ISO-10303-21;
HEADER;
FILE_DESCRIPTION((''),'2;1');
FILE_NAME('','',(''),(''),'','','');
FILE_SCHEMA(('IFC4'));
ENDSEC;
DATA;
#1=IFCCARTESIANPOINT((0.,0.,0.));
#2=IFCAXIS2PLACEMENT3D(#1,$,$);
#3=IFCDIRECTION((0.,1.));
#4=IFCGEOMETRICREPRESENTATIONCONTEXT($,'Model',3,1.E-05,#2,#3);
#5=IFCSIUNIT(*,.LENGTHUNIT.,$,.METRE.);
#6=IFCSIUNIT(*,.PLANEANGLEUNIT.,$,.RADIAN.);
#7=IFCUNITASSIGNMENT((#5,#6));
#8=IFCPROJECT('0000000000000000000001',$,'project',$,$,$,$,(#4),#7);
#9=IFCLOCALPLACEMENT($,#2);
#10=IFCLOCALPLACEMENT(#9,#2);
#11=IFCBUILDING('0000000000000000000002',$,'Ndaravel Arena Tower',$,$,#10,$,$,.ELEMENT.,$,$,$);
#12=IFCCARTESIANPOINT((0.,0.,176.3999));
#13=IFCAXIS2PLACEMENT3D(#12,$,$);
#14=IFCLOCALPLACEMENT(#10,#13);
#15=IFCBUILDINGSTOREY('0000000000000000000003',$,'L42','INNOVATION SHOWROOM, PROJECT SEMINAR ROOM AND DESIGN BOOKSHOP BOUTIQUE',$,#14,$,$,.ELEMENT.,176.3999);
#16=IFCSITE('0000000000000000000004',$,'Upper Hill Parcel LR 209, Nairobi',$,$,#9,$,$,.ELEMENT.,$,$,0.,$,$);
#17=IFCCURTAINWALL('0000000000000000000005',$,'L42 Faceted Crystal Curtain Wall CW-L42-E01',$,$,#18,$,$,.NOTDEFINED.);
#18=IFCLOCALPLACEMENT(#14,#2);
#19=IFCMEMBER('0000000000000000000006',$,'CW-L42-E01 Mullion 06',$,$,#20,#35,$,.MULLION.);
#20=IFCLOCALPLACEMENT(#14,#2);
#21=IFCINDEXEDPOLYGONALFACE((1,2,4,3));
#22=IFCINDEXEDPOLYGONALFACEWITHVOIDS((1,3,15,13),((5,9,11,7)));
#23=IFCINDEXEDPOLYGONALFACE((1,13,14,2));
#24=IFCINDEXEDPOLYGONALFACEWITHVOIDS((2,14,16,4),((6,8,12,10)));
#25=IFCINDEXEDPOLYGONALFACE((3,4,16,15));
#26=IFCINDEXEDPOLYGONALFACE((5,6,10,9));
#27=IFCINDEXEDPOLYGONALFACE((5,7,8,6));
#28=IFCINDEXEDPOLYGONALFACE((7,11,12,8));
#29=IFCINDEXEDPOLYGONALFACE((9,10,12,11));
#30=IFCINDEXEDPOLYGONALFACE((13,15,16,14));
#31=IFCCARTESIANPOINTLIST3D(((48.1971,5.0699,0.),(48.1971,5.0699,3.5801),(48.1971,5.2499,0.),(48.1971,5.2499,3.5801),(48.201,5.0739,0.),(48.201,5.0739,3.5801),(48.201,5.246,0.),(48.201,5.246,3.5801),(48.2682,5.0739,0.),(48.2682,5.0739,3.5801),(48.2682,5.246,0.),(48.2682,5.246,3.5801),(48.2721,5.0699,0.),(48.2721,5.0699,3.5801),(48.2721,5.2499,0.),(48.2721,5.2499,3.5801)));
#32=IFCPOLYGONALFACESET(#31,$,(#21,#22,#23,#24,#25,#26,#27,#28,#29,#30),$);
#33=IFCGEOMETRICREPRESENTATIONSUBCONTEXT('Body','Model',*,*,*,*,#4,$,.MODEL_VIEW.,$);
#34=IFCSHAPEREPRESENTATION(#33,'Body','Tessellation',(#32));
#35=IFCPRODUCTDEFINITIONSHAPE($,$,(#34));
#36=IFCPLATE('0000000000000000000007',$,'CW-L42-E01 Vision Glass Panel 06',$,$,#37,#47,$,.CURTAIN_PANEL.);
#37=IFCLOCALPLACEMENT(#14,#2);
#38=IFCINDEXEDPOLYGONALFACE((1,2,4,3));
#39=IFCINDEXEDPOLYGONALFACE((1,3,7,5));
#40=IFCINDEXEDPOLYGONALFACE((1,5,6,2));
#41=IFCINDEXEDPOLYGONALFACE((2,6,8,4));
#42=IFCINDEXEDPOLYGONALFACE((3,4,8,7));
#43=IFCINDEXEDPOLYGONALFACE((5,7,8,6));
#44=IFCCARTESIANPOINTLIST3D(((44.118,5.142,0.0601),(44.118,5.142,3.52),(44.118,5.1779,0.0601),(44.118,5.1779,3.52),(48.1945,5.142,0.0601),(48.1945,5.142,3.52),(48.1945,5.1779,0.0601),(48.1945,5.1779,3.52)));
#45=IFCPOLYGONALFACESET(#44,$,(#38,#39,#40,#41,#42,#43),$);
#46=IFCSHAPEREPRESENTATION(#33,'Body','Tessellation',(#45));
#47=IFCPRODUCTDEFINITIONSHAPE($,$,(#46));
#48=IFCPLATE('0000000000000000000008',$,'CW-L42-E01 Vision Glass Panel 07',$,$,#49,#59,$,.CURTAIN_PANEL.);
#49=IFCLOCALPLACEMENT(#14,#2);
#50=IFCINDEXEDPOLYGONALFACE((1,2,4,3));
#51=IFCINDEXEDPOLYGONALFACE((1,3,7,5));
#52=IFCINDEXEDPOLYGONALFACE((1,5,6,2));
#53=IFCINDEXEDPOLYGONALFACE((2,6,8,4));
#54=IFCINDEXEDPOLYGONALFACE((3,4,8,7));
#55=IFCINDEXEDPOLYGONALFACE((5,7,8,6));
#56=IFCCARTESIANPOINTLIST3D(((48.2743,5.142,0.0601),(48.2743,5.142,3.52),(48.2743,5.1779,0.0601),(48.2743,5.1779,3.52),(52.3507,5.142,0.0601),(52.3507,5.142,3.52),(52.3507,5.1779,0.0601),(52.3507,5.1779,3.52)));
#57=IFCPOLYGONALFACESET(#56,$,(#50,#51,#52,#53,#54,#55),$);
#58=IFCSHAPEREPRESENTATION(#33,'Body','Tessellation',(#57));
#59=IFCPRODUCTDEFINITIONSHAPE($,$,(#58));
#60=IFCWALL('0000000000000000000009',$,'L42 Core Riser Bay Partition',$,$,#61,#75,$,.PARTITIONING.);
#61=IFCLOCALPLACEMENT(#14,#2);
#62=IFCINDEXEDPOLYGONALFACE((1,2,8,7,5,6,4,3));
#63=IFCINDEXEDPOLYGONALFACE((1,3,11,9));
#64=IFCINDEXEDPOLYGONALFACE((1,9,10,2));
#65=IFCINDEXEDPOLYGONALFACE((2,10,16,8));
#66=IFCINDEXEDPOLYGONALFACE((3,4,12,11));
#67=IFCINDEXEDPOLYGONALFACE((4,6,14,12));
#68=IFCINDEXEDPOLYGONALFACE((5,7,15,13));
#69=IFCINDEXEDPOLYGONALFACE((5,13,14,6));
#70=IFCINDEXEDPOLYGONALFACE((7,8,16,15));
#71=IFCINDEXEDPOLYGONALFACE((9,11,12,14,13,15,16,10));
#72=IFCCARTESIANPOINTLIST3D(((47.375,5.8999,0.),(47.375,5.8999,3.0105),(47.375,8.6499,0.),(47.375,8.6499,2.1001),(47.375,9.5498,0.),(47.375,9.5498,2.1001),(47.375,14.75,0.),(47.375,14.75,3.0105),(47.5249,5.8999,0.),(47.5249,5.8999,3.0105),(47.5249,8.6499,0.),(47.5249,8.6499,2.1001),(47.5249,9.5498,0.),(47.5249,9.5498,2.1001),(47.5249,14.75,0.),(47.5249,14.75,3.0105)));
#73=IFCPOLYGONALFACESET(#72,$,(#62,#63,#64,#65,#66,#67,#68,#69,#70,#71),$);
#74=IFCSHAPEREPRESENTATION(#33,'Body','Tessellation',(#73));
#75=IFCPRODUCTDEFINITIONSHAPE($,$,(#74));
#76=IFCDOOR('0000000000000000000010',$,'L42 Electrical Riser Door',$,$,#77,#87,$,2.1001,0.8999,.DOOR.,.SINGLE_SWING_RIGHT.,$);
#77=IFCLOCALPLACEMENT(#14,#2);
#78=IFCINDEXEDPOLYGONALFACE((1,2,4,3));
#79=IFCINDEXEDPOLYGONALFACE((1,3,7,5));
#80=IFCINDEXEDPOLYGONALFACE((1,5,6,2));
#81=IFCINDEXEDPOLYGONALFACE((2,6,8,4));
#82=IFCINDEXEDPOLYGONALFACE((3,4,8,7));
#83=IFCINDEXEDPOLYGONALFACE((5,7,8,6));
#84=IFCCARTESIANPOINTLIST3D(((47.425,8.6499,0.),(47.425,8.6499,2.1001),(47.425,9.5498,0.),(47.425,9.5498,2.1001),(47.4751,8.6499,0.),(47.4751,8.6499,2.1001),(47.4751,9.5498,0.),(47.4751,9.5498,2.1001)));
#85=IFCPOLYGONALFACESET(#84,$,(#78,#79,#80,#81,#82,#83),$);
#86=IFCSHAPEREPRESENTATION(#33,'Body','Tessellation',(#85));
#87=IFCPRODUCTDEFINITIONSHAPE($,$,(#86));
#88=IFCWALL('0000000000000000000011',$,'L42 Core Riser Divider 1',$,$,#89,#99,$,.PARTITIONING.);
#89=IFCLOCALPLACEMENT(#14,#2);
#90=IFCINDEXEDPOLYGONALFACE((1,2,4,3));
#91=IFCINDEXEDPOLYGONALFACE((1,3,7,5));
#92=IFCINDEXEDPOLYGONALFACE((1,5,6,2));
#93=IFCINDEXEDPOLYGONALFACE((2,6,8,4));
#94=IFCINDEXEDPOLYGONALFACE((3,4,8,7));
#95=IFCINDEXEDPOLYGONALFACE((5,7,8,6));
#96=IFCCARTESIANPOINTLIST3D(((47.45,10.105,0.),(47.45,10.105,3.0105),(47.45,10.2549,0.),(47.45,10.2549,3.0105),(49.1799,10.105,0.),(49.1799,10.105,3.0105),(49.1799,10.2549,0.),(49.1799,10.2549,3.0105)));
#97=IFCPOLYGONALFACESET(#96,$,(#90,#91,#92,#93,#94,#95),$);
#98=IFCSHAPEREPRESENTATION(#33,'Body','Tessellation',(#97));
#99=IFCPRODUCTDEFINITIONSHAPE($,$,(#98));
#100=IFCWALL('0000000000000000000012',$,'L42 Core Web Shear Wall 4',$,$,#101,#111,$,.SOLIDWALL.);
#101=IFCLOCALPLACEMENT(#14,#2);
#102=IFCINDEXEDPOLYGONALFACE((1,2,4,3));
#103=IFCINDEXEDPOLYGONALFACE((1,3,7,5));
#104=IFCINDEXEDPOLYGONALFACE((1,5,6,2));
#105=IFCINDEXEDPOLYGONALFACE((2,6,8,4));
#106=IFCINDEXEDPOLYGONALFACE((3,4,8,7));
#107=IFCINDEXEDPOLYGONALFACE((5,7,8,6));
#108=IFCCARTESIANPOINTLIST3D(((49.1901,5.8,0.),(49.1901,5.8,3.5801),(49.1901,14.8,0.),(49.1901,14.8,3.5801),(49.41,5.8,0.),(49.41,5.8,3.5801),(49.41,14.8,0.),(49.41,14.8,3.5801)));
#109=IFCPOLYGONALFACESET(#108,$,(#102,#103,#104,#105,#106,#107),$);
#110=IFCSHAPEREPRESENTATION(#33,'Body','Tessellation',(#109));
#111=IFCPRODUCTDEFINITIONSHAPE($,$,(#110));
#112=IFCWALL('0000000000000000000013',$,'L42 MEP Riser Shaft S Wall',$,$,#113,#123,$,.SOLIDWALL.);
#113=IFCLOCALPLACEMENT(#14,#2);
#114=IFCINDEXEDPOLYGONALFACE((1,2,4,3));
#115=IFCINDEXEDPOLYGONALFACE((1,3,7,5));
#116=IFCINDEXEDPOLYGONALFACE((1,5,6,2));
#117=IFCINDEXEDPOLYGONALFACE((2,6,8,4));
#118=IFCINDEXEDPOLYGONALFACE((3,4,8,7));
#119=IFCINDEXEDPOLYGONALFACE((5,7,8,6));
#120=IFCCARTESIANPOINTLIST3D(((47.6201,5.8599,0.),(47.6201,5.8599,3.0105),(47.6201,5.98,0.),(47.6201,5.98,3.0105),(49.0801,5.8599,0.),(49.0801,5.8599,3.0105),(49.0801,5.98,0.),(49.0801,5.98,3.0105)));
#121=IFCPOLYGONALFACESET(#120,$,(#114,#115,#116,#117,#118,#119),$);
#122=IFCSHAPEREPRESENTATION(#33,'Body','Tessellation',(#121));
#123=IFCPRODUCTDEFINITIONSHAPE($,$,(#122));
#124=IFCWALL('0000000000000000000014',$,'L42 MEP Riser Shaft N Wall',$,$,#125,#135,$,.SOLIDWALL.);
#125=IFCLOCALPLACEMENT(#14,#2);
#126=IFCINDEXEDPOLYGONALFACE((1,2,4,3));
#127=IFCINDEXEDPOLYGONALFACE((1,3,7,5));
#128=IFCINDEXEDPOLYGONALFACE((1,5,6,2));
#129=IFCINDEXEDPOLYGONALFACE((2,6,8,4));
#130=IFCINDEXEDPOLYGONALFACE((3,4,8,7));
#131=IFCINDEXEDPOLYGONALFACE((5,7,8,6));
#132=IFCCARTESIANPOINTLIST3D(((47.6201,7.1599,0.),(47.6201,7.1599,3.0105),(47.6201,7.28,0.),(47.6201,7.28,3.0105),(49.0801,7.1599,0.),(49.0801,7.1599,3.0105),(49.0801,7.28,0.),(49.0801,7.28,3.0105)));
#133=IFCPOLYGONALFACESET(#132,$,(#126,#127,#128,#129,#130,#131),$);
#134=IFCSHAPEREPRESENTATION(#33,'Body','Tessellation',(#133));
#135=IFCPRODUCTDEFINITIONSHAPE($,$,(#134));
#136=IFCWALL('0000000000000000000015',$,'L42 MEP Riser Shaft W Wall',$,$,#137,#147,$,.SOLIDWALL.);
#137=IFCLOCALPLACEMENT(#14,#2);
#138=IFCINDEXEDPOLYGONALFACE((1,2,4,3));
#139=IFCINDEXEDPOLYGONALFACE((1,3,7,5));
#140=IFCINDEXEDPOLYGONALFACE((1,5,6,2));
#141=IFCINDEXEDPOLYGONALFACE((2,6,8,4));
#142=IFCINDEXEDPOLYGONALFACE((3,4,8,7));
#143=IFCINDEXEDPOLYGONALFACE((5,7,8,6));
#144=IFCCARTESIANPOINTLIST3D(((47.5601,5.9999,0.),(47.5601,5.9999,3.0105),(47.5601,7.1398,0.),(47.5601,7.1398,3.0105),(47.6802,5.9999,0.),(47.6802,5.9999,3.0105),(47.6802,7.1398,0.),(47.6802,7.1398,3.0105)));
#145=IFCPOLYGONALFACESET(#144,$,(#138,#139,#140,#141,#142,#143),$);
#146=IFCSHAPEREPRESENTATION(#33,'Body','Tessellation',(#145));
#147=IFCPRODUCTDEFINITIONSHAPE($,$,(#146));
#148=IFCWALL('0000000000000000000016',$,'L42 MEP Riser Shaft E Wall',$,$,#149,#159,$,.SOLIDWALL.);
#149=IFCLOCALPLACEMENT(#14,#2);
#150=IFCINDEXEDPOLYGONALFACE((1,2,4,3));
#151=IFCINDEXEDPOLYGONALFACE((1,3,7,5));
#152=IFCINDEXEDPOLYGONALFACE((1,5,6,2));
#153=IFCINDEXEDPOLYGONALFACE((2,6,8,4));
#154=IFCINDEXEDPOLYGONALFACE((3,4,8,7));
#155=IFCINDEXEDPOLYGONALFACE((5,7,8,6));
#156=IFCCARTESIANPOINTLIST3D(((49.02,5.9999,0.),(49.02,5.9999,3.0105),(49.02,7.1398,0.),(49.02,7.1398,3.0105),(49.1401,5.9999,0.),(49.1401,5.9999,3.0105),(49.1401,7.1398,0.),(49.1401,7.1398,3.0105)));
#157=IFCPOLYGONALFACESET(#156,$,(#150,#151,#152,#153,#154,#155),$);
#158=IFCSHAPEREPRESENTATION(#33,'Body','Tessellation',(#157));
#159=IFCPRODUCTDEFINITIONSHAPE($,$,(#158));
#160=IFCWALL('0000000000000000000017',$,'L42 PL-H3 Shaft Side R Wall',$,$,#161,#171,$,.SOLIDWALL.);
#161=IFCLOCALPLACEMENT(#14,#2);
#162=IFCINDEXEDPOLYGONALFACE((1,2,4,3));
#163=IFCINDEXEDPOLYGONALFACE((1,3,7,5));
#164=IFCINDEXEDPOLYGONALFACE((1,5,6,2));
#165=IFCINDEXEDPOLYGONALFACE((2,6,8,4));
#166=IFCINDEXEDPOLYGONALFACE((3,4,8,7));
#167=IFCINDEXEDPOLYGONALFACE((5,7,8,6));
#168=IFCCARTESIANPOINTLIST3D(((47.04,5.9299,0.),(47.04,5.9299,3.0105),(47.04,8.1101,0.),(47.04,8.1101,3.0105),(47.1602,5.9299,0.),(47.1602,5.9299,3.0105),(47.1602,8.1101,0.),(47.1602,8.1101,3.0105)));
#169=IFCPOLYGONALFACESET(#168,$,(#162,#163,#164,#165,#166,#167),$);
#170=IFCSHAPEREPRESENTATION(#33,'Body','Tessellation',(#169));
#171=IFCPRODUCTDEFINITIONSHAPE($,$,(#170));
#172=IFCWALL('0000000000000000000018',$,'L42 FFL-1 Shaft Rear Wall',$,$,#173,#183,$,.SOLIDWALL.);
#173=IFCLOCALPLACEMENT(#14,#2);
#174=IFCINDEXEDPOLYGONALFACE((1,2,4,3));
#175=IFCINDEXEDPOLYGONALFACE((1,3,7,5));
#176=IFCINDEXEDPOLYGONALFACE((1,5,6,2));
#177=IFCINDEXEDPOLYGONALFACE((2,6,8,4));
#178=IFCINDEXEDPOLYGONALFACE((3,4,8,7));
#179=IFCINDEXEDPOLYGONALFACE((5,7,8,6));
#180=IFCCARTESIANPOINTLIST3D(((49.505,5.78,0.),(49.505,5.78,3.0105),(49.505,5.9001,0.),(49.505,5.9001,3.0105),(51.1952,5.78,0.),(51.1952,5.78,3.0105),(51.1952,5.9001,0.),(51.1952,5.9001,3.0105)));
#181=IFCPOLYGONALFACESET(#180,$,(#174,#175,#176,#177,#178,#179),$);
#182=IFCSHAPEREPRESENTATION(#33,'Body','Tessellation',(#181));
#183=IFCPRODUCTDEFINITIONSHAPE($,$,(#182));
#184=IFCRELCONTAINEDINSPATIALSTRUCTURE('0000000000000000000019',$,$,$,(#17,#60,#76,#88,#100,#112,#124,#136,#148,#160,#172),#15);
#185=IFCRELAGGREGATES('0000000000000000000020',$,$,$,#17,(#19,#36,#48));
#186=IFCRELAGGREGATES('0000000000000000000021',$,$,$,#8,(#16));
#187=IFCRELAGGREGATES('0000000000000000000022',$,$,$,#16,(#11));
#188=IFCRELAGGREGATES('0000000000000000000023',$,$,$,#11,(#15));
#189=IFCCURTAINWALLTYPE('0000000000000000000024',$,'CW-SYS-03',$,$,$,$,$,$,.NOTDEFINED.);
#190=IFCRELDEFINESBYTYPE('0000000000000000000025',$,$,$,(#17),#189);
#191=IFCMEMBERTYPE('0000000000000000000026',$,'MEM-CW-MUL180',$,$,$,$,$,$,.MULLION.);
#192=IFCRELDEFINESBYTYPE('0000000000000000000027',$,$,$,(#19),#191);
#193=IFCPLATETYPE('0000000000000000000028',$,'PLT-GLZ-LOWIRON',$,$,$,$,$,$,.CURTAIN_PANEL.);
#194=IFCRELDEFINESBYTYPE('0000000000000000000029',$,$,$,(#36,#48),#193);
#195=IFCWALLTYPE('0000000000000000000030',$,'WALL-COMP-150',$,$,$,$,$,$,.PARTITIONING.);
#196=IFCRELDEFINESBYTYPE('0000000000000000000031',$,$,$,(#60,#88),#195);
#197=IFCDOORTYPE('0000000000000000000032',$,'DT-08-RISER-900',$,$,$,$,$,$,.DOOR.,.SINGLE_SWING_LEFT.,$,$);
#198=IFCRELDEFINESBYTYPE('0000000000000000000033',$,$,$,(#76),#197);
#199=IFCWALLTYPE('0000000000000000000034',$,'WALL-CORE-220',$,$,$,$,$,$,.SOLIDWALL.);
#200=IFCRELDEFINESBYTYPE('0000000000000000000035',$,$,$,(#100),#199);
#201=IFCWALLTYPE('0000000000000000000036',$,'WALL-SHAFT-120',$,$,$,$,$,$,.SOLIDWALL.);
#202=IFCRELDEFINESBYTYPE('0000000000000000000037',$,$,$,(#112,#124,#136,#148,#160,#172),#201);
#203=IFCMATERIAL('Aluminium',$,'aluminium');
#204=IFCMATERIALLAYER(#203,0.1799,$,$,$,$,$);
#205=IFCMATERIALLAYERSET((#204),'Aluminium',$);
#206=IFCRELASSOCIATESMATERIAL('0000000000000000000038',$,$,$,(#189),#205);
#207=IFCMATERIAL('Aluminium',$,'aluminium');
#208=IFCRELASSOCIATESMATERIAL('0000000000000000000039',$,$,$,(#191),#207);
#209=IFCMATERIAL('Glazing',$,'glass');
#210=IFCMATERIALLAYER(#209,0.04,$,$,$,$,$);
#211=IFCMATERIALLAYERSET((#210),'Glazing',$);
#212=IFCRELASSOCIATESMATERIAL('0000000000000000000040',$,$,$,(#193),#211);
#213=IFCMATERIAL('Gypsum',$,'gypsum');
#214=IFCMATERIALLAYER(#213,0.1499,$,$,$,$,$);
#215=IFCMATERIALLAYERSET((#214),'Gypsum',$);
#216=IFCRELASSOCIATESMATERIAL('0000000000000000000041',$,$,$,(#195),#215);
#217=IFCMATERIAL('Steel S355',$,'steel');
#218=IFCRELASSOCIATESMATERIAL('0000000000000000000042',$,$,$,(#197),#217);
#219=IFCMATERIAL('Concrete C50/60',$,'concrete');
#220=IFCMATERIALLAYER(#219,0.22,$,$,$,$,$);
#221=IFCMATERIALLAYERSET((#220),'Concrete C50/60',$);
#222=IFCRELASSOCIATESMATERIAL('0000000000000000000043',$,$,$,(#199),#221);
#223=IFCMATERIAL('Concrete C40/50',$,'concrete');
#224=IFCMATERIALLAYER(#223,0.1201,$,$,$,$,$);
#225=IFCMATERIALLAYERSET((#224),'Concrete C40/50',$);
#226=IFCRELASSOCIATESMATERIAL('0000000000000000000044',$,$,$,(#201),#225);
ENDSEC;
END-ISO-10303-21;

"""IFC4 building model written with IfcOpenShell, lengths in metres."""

from ifc_helpers import new_model, si_unit, direction, frame, frame_2d, origin, origin_2d, place, context, subcontext, project, spatial, rectangle, hollow_rectangle, extrude, material, layer, layer_set, material_profile, profile_set, type_object, element, fill, aggregate, save


model = new_model("IFC4")

# Units and contexts
model_context = context("Model", 3, precision=1e-05, world=origin(), true_north=direction((0.0, 1.0)))
body_context = subcontext(model_context, "Body", "Model", "MODEL_VIEW")
ifc_project = project(units=[si_unit("LENGTHUNIT", "METRE"), si_unit("PLANEANGLEUNIT", "RADIAN")], contexts=[model_context])

# Site, building, storey
site_placement = place(None, origin())
site = spatial("IfcSite", under=ifc_project, at=site_placement, Name="Upper Hill Parcel LR 209, Nairobi", CompositionType="ELEMENT", RefElevation=0.0)
building_placement = place(site_placement, origin())
building = spatial("IfcBuilding", under=site, at=building_placement, Name="Ndaravel Arena Tower", CompositionType="ELEMENT")
storey_placement = place(building_placement, frame((0.0, 0.0, 176.3999)))
storey = spatial("IfcBuildingStorey", under=building, at=storey_placement, Name="L42", Description="INNOVATION SHOWROOM, PROJECT SEMINAR ROOM AND DESIGN BOOKSHOP BOUTIQUE", CompositionType="ELEMENT", Elevation=176.3999)

# Curtain wall, member, plates
ifc_material_1 = material(Name="Aluminium", Category="aluminium")
ifc_layer_1 = layer(ifc_material_1, 0.1799)
ifc_layer_set_1 = layer_set([ifc_layer_1], Name="Aluminium")
curtain_wall_type = type_object("IfcCurtainWallType", Name="CW-SYS-03", PredefinedType="NOTDEFINED", material=ifc_layer_set_1)
curtain_wall_placement = place(storey_placement, origin())
curtain_wall = element("IfcCurtainWall", 1, at=curtain_wall_placement, inside=storey, type_object=curtain_wall_type, Name="L42 Faceted Crystal Curtain Wall CW-L42-E01", PredefinedType="NOTDEFINED")
ifc_material_2 = material(Name="Aluminium", Category="aluminium")
ifc_material_profile = material_profile(ifc_material_2, hollow_rectangle(XDim=0.075, YDim=0.1799, WallThickness=0.0039, at=origin_2d()), Name="CW MULLION 75x180x4")
ifc_profile_set = profile_set([ifc_material_profile], Name="Aluminium")
member_type = type_object("IfcMemberType", Name="MEM-CW-MUL180", PredefinedType="MULLION", material=ifc_profile_set)
member_placement = place(storey_placement, frame((48.2346, 5.1599, 0.0), z_axis=(0.0, 0.0, 1.0), x_axis=(1.0, 0.0, 0.0)))
member = element("IfcMember", 2, at=member_placement, type_object=member_type, Name="CW-L42-E01 Mullion 06", PredefinedType="MULLION", context=body_context, shape_type="SweptSolid", body=[
    extrude(hollow_rectangle(XDim=0.075, YDim=0.1799, WallThickness=0.0039, at=origin_2d()), origin(), (0.0, 0.0, 1.0), 3.5801),
])
ifc_material_3 = material(Name="Glazing", Category="glass")
ifc_layer_2 = layer(ifc_material_3, 0.04)
ifc_layer_set_2 = layer_set([ifc_layer_2], Name="Glazing")
plate_type = type_object("IfcPlateType", Name="PLT-GLZ-LOWIRON", PredefinedType="CURTAIN_PANEL", material=ifc_layer_set_2)
plate_1_placement = place(storey_placement, frame((46.1562, 5.1599, 0.0601), z_axis=(0.0, 0.0, 1.0), x_axis=(1.0, 0.0, 0.0)))
plate_1 = element("IfcPlate", 3, at=plate_1_placement, type_object=plate_type, Name="CW-L42-E01 Vision Glass Panel 06", PredefinedType="CURTAIN_PANEL", context=body_context, shape_type="SweptSolid", body=[
    extrude(rectangle(XDim=4.0764, YDim=0.0359, at=origin_2d()), origin(), (0.0, 0.0, 1.0), 3.46),
])
plate_2_placement = place(storey_placement, frame((50.3125, 5.1599, 0.0601), z_axis=(0.0, 0.0, 1.0), x_axis=(1.0, 0.0, 0.0)))
plate_2 = element("IfcPlate", 4, at=plate_2_placement, type_object=plate_type, Name="CW-L42-E01 Vision Glass Panel 07", PredefinedType="CURTAIN_PANEL", context=body_context, shape_type="SweptSolid", body=[
    extrude(rectangle(XDim=4.0764, YDim=0.0359, at=origin_2d()), origin(), (0.0, 0.0, 1.0), 3.46),
])
aggregate(curtain_wall, [member, plate_1, plate_2])

# Wall, opening, door
ifc_material_4 = material(Name="Gypsum", Category="gypsum")
ifc_layer_3 = layer(ifc_material_4, 0.1499)
ifc_layer_set_3 = layer_set([ifc_layer_3], Name="Gypsum")
wall_type_1 = type_object("IfcWallType", Name="WALL-COMP-150", PredefinedType="PARTITIONING", material=ifc_layer_set_3)
wall_1_placement = place(storey_placement, frame((47.45, 5.8999, 0.0), z_axis=(0.0, 0.0, 1.0), x_axis=(0.0, 1.0, 0.0)))
wall_1 = element("IfcWall", 5, at=wall_1_placement, inside=storey, type_object=wall_type_1, Name="L42 Core Riser Bay Partition", PredefinedType="PARTITIONING", context=body_context, shape_type="SweptSolid", body=[
    extrude(rectangle(XDim=8.8501, YDim=0.1499, at=frame_2d((4.425, 0.0))), origin(), (0.0, 0.0, 1.0), 3.0105),
])
opening_1_placement = place(wall_1_placement, frame((2.75, 0.0, 0.0)))
opening_1 = element("IfcOpeningElement", 6, at=opening_1_placement, cuts=wall_1, PredefinedType="OPENING", context=body_context, shape_type="SweptSolid", body=[
    extrude(rectangle(XDim=0.8999, YDim=2.1001, at=frame_2d((0.45, 1.05))), frame((0.0, 0.075, 0.0), z_axis=(0.0, -1.0, 0.0), x_axis=(1.0, 0.0, 0.0)), (0.0, 0.0, 1.0), 0.1499),
])
ifc_material_5 = material(Name="Steel S355", Category="steel")
door_type_1 = type_object("IfcDoorType", Name="DT-08-RISER-900", OperationType="SINGLE_SWING_LEFT", PredefinedType="DOOR", material=ifc_material_5)
door_1_placement = place(opening_1_placement, origin())
door_1 = element("IfcDoor", 7, at=door_1_placement, inside=storey, type_object=door_type_1, Name="L42 Electrical Riser Door", OperationType="SINGLE_SWING_RIGHT", OverallHeight=2.1001, OverallWidth=0.8999, PredefinedType="DOOR", context=body_context, shape_type="SweptSolid", body=[
    extrude(rectangle(XDim=0.8999, YDim=2.1001, at=frame_2d((0.45, 1.05))), frame((0.0, 0.0249, 0.0), z_axis=(0.0, -1.0, 0.0), x_axis=(1.0, 0.0, 0.0)), (0.0, 0.0, 1.0), 0.05),
])
fill(opening_1, door_1)

# Walls
wall_2_placement = place(storey_placement, frame((47.45, 10.1799, 0.0), z_axis=(0.0, 0.0, 1.0), x_axis=(1.0, 0.0, 0.0)))
element("IfcWall", 8, at=wall_2_placement, inside=storey, type_object=wall_type_1, Name="L42 Core Riser Divider 1", PredefinedType="PARTITIONING", context=body_context, shape_type="SweptSolid", body=[
    extrude(rectangle(XDim=1.73, YDim=0.1499, at=frame_2d((0.865, 0.0))), origin(), (0.0, 0.0, 1.0), 3.0105),
])
ifc_material_6 = material(Name="Concrete C50/60", Category="concrete")
ifc_layer_4 = layer(ifc_material_6, 0.22)
ifc_layer_set_4 = layer_set([ifc_layer_4], Name="Concrete C50/60")
wall_type_2 = type_object("IfcWallType", Name="WALL-CORE-220", PredefinedType="SOLIDWALL", material=ifc_layer_set_4)
wall_3_placement = place(storey_placement, frame((49.3, 5.8, 0.0), z_axis=(0.0, 0.0, 1.0), x_axis=(0.0, 1.0, 0.0)))
element("IfcWall", 9, at=wall_3_placement, inside=storey, type_object=wall_type_2, Name="L42 Core Web Shear Wall 4", PredefinedType="SOLIDWALL", context=body_context, shape_type="SweptSolid", body=[
    extrude(rectangle(XDim=9.0, YDim=0.22, at=frame_2d((4.5, 0.0))), origin(), (0.0, 0.0, 1.0), 3.5801),
])
ifc_material_7 = material(Name="Concrete C40/50", Category="concrete")
ifc_layer_5 = layer(ifc_material_7, 0.1201)
ifc_layer_set_5 = layer_set([ifc_layer_5], Name="Concrete C40/50")
wall_type_3 = type_object("IfcWallType", Name="WALL-SHAFT-120", PredefinedType="SOLIDWALL", material=ifc_layer_set_5)
for number, where, z_axis, x_axis, name in (
    (10, (47.6201, 5.9199, 0.0), (0.0, 0.0, 1.0), (1.0, 0.0, 0.0), "L42 MEP Riser Shaft S Wall"),
    (11, (47.6201, 7.22, 0.0), (0.0, 0.0, 1.0), (1.0, 0.0, 0.0), "L42 MEP Riser Shaft N Wall"),
):
    element("IfcWall", number, at=place(storey_placement, frame(where, z_axis=z_axis, x_axis=x_axis)), inside=storey, type_object=wall_type_3, Name=name, PredefinedType="SOLIDWALL", context=body_context, shape_type="SweptSolid", body=[
        extrude(rectangle(XDim=1.46, YDim=0.1201, at=frame_2d((0.73, 0.0))), origin(), (0.0, 0.0, 1.0), 3.0105),
    ])
for number, where, z_axis, x_axis, name in (
    (12, (47.6201, 6.0, 0.0), (0.0, 0.0, 1.0), (0.0, 1.0, 0.0), "L42 MEP Riser Shaft W Wall"),
    (13, (49.0801, 6.0, 0.0), (0.0, 0.0, 1.0), (0.0, 1.0, 0.0), "L42 MEP Riser Shaft E Wall"),
):
    element("IfcWall", number, at=place(storey_placement, frame(where, z_axis=z_axis, x_axis=x_axis)), inside=storey, type_object=wall_type_3, Name=name, PredefinedType="SOLIDWALL", context=body_context, shape_type="SweptSolid", body=[
        extrude(rectangle(XDim=1.1399, YDim=0.1201, at=frame_2d((0.5698, 0.0))), origin(), (0.0, 0.0, 1.0), 3.0105),
    ])
wall_4_placement = place(storey_placement, frame((47.1001, 5.9299, 0.0), z_axis=(0.0, 0.0, 1.0), x_axis=(0.0, 1.0, 0.0)))
element("IfcWall", 14, at=wall_4_placement, inside=storey, type_object=wall_type_3, Name="L42 PL-H3 Shaft Side R Wall", PredefinedType="SOLIDWALL", context=body_context, shape_type="SweptSolid", body=[
    extrude(rectangle(XDim=2.1802, YDim=0.1201, at=frame_2d((1.0901, 0.0))), origin(), (0.0, 0.0, 1.0), 3.0105),
])
wall_5_placement = place(storey_placement, frame((49.5049, 5.8401, 0.0), z_axis=(0.0, 0.0, 1.0), x_axis=(1.0, 0.0, 0.0)))
element("IfcWall", 15, at=wall_5_placement, inside=storey, type_object=wall_type_3, Name="L42 FFL-1 Shaft Rear Wall", PredefinedType="SOLIDWALL", context=body_context, shape_type="SweptSolid", body=[
    extrude(rectangle(XDim=1.6902, YDim=0.1201, at=frame_2d((0.8452, 0.0))), origin(), (0.0, 0.0, 1.0), 3.0105),
])

save(model, "model.ifc")
